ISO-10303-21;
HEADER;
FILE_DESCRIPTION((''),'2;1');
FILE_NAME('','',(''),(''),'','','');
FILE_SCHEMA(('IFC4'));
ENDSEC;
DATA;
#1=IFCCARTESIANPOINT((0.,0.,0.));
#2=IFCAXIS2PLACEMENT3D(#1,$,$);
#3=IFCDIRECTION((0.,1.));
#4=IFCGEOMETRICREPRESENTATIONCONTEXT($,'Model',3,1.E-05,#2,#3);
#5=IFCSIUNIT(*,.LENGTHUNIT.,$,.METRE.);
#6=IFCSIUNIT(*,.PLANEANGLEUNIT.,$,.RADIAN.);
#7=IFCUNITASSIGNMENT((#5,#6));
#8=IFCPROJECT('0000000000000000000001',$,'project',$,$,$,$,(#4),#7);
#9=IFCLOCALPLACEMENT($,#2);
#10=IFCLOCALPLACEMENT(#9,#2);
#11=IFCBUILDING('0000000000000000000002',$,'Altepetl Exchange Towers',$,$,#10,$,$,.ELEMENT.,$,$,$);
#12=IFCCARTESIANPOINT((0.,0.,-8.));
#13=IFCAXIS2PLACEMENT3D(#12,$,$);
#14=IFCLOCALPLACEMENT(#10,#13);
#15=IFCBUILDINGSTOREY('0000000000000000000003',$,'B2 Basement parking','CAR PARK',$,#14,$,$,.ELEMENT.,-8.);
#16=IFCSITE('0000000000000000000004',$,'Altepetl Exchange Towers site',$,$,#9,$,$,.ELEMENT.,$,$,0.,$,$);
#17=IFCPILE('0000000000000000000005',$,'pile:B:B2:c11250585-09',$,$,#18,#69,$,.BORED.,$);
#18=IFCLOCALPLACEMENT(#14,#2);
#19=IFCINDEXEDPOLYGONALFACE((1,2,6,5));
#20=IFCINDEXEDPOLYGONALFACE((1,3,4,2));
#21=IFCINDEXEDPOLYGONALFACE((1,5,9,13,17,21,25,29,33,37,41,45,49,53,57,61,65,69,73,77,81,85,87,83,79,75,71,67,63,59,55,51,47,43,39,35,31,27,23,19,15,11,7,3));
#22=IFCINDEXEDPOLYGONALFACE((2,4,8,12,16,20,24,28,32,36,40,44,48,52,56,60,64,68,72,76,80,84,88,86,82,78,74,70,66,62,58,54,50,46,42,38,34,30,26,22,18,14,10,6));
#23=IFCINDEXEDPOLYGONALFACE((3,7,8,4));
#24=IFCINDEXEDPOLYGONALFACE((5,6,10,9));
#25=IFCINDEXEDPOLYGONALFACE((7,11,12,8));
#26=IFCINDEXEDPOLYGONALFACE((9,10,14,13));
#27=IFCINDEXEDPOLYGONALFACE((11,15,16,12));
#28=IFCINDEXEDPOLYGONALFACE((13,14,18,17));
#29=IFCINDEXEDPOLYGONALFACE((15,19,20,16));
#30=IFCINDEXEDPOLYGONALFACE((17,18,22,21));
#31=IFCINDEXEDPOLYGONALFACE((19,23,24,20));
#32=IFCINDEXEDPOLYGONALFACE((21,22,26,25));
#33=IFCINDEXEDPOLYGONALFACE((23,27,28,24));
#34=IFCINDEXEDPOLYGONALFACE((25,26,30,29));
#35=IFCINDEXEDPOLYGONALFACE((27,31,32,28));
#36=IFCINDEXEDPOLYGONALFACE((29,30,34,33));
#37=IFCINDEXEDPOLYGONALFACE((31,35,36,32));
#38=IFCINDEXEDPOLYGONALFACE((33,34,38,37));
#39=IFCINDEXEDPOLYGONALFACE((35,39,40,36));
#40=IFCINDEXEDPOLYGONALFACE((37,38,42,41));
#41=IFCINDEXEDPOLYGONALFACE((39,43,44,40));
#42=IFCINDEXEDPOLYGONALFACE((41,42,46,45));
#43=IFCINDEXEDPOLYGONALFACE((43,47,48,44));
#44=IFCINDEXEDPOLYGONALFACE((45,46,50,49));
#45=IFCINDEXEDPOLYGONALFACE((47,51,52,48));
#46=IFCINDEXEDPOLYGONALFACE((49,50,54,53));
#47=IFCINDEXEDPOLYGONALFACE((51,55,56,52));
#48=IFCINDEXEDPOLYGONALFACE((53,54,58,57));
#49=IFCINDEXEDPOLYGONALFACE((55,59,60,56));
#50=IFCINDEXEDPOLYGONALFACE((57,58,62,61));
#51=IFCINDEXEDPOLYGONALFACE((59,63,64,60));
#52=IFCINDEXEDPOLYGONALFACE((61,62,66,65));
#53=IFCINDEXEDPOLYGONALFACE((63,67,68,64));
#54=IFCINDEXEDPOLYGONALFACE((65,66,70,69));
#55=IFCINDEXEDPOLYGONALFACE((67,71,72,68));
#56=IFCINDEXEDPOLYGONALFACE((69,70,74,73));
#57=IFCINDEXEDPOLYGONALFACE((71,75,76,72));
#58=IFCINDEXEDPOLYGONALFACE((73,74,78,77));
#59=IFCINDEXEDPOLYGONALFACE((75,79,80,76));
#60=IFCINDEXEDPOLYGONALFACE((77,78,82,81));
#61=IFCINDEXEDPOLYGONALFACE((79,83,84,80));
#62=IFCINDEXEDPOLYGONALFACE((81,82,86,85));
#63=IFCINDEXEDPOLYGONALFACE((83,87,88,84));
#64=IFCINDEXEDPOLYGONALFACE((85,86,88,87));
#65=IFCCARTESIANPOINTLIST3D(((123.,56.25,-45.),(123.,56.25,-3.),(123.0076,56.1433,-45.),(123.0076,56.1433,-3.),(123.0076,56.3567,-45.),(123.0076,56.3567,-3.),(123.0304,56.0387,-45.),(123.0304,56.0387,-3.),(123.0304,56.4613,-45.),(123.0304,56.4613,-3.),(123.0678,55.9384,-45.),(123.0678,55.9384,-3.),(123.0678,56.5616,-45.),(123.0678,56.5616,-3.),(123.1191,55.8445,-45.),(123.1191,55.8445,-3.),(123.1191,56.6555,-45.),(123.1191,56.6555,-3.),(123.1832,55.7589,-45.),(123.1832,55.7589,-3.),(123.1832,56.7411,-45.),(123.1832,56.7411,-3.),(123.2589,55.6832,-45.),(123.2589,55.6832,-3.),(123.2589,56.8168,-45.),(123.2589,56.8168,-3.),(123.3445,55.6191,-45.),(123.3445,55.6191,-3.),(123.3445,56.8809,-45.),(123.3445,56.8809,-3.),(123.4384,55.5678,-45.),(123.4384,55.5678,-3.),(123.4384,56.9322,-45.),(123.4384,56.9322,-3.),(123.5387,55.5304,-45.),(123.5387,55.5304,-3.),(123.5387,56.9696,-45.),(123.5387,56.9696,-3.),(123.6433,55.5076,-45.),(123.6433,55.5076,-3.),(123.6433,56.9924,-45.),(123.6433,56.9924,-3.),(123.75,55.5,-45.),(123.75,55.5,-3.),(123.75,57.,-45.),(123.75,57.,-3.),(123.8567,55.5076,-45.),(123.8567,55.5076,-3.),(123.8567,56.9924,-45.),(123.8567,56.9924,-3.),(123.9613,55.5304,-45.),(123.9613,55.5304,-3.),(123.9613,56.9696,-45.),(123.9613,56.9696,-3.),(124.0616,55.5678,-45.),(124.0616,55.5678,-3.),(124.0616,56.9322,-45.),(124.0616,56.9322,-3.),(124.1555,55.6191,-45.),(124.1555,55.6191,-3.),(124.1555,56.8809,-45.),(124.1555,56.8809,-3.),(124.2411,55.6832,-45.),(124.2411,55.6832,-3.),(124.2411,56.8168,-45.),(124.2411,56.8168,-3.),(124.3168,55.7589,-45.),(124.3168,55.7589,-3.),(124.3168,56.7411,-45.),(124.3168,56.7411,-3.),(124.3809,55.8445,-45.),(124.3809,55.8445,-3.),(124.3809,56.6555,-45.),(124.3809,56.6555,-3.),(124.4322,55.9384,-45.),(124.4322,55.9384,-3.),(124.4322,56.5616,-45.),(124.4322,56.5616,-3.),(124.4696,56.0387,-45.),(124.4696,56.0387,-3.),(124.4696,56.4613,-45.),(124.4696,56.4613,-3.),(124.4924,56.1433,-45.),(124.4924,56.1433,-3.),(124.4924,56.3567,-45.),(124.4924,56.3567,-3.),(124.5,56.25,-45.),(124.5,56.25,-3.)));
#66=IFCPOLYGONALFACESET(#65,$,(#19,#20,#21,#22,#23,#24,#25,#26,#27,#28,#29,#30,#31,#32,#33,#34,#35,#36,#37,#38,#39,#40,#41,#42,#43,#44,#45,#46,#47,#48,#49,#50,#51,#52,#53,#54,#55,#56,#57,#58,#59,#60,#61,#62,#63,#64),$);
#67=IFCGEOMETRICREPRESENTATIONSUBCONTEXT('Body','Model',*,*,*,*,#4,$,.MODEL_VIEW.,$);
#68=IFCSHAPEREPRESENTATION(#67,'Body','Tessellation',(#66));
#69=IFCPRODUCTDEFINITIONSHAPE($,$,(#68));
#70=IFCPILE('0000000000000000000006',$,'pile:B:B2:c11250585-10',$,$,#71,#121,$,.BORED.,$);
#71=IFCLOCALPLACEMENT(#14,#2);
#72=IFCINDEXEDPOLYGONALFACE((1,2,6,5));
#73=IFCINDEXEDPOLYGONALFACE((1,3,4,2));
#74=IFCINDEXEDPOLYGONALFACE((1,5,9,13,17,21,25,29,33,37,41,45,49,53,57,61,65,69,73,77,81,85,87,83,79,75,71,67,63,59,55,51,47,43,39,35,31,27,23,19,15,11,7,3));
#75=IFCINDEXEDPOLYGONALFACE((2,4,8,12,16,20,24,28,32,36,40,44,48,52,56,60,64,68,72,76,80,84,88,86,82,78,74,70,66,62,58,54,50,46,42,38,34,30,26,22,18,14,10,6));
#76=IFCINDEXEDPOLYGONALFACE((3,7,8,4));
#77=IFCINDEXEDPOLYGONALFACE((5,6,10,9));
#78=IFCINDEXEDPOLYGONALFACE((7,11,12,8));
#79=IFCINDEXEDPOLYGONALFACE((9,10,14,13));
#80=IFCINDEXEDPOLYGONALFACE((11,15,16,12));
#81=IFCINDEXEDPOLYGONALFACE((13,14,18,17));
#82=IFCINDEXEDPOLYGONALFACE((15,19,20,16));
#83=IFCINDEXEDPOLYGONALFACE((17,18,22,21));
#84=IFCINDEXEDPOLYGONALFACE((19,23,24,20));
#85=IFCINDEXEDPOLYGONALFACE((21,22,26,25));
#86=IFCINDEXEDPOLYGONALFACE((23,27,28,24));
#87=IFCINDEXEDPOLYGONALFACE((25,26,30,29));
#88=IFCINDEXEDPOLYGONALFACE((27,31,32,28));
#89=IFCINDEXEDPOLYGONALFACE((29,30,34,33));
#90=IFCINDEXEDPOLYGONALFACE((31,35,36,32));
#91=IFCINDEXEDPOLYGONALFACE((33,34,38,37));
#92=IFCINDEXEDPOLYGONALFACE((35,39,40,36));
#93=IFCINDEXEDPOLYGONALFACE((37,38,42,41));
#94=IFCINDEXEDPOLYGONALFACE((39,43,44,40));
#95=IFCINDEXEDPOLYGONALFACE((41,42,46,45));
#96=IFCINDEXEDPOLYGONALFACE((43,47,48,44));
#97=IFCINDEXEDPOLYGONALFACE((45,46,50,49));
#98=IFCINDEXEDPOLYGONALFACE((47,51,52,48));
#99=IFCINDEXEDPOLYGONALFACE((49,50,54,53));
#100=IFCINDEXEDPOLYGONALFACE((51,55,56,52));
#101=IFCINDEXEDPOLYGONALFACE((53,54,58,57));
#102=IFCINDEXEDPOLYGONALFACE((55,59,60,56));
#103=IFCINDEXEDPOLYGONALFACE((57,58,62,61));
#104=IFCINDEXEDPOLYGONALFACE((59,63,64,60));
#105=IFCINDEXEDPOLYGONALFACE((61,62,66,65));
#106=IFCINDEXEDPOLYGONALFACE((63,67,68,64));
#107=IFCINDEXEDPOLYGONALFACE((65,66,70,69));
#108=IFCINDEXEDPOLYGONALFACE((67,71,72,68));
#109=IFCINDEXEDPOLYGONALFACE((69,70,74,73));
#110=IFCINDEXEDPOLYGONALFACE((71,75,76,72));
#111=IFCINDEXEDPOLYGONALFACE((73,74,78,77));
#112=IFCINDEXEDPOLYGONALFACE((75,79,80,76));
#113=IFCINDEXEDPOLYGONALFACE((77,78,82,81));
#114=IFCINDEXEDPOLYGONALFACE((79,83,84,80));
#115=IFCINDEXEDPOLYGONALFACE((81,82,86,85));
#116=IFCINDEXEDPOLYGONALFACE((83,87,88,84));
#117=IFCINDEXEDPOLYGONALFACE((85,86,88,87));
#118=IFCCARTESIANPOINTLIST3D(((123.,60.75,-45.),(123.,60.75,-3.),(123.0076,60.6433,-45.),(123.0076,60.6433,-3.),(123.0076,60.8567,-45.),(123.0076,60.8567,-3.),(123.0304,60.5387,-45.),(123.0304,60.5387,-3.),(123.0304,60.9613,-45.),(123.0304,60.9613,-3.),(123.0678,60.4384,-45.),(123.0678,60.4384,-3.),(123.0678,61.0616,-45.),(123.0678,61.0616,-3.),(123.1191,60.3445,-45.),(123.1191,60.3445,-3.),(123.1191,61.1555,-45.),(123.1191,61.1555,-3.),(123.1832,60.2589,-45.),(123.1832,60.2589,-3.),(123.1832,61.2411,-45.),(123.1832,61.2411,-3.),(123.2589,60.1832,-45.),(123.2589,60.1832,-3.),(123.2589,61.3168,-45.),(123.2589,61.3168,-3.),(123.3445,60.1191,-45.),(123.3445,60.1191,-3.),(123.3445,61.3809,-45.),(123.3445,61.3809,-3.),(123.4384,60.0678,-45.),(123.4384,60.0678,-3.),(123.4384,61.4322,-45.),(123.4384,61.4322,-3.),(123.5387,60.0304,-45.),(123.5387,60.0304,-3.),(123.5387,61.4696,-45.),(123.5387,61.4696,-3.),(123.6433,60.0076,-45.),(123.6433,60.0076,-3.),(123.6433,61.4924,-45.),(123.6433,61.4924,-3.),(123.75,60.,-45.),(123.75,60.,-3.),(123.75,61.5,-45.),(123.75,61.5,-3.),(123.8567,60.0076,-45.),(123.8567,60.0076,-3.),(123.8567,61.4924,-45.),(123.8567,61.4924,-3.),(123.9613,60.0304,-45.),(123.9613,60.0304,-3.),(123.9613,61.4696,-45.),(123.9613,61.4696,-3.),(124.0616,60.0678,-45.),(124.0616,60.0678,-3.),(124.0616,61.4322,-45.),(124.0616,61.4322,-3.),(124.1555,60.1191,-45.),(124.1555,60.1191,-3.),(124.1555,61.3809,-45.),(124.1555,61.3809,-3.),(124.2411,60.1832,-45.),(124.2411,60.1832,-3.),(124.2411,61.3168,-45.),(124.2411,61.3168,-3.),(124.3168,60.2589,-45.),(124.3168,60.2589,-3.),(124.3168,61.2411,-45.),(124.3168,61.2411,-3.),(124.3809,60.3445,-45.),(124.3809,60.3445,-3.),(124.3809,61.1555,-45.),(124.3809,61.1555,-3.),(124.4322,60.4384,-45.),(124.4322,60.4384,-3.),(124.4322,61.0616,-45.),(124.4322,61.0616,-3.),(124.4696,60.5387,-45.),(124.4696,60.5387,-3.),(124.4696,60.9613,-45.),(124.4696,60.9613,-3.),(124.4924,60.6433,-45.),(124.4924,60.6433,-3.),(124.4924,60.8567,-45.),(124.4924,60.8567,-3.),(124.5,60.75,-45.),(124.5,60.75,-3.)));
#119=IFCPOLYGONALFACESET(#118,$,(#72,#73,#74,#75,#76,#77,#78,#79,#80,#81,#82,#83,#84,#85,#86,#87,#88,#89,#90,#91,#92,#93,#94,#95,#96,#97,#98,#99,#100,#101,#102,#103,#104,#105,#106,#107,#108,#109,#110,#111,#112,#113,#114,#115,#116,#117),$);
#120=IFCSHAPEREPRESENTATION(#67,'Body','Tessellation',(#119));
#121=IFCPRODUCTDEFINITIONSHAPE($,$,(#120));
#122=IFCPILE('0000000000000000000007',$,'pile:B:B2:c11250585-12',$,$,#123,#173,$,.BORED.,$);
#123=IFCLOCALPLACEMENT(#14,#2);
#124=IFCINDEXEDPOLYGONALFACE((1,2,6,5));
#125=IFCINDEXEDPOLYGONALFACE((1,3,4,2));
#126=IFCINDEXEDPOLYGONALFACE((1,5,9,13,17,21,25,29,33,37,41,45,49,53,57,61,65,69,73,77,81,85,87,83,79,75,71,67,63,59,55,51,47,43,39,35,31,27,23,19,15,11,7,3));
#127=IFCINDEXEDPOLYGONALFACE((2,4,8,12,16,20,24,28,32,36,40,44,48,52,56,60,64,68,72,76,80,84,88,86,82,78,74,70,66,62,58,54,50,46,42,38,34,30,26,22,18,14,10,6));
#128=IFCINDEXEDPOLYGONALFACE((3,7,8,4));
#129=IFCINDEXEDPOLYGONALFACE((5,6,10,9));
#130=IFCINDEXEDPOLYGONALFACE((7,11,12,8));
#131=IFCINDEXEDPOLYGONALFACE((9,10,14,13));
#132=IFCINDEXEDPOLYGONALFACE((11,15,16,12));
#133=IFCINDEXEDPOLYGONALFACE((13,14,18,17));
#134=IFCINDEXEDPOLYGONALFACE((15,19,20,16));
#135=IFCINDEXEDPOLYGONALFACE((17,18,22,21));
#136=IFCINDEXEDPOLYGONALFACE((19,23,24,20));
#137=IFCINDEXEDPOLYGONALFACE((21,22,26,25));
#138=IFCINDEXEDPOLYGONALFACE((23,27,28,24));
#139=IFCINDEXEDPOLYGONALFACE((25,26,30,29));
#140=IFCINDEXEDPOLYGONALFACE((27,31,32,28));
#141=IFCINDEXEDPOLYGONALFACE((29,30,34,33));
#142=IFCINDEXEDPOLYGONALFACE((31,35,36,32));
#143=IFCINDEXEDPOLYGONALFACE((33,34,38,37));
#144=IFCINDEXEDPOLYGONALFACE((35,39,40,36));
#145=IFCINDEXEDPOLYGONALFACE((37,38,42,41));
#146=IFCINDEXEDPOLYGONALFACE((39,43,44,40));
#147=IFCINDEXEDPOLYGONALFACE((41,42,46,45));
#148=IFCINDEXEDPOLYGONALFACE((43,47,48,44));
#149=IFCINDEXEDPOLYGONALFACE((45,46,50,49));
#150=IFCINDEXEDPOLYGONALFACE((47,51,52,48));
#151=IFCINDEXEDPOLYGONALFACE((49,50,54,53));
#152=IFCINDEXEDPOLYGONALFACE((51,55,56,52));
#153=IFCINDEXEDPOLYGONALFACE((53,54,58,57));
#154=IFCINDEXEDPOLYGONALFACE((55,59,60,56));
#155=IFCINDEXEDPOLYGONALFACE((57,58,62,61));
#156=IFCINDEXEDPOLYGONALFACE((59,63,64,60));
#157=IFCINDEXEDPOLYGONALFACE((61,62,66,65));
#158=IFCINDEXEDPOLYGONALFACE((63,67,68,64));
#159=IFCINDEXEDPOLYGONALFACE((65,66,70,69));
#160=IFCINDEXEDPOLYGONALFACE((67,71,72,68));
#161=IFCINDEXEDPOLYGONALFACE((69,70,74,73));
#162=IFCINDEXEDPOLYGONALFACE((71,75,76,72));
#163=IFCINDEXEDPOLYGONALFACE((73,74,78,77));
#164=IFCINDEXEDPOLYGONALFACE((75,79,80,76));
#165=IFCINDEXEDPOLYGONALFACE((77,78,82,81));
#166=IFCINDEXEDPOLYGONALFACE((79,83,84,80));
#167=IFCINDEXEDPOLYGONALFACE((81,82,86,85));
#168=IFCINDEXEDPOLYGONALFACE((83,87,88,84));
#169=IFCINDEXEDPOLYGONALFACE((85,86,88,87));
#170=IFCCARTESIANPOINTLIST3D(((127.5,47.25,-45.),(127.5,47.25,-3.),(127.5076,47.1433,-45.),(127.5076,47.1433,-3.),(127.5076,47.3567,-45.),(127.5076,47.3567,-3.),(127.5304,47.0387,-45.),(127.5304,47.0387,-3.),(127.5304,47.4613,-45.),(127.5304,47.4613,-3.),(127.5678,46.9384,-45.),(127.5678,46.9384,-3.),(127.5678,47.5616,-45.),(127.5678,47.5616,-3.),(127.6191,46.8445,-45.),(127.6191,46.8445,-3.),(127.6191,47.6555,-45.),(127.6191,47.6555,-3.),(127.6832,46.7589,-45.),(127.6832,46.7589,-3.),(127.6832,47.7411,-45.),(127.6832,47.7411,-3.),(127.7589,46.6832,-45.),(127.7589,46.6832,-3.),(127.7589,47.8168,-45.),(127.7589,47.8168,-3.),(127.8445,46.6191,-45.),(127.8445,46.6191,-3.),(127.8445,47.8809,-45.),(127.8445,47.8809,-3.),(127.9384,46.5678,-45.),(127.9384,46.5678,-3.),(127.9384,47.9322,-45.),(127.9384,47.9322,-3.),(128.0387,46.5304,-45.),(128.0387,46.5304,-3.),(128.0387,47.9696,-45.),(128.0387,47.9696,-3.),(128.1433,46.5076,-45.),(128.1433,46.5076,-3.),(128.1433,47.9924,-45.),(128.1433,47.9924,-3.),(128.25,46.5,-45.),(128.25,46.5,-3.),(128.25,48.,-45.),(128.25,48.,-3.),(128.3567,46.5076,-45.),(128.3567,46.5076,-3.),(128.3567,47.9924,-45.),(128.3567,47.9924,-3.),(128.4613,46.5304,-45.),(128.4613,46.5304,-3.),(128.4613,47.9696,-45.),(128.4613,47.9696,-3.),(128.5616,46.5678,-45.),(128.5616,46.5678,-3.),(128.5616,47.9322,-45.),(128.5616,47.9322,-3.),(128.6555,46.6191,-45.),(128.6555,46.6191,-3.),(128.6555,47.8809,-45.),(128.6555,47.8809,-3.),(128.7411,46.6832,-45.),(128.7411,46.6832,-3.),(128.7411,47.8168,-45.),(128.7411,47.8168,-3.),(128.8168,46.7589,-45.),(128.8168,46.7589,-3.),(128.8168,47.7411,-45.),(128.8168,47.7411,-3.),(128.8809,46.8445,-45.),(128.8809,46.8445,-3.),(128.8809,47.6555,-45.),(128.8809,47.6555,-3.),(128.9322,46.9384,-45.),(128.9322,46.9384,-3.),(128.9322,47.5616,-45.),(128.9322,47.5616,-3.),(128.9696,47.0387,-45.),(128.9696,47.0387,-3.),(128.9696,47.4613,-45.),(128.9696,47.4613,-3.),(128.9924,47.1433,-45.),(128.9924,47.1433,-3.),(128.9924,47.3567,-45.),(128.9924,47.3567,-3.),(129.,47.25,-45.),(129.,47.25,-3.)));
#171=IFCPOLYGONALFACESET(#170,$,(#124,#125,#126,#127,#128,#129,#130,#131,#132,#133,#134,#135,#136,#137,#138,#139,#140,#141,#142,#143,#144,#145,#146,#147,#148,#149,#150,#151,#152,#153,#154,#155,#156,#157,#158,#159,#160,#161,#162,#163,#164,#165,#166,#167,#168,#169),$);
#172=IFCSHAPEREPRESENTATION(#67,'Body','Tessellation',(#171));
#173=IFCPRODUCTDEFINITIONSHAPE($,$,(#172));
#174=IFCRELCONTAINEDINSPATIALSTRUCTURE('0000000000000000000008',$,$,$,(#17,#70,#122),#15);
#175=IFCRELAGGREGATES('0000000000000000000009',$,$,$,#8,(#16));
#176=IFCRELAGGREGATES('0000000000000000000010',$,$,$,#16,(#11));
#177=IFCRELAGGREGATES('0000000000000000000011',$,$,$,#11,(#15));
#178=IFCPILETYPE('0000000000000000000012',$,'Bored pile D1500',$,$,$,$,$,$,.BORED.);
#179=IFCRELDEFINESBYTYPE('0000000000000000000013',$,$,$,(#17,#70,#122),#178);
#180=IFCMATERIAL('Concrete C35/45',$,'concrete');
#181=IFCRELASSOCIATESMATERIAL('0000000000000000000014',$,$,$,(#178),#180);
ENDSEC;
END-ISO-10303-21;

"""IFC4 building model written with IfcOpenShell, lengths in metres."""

from ifc_helpers import new_model, si_unit, direction, frame, origin, origin_2d, place, context, subcontext, project, spatial, circle, extrude, material, material_profile, profile_set, type_object, element, save


model = new_model("IFC4")

# Units and contexts
model_context = context("Model", 3, precision=1e-05, world=origin(), true_north=direction((0.0, 1.0)))
body_context = subcontext(model_context, "Body", "Model", "MODEL_VIEW")
ifc_project = project(units=[si_unit("LENGTHUNIT", "METRE"), si_unit("PLANEANGLEUNIT", "RADIAN")], contexts=[model_context])

# Site, building, storey
site_placement = place(None, origin())
site = spatial("IfcSite", under=ifc_project, at=site_placement, Name="Altepetl Exchange Towers site", CompositionType="ELEMENT", RefElevation=0.0)
building_placement = place(site_placement, origin())
building = spatial("IfcBuilding", under=site, at=building_placement, Name="Altepetl Exchange Towers", CompositionType="ELEMENT")
storey_placement = place(building_placement, frame((0.0, 0.0, -8.0)))
storey = spatial("IfcBuildingStorey", under=building, at=storey_placement, Name="B2 Basement parking", Description="CAR PARK", CompositionType="ELEMENT", Elevation=-8.0)

# Piles
ifc_material_1 = material(Name="Concrete C35/45", Category="concrete")
ifc_material_profile_1 = material_profile(ifc_material_1, circle(Radius=0.75, at=origin_2d()), Name="D1500")
ifc_profile_set_1 = profile_set([ifc_material_profile_1], Name="Concrete C35/45")
pile_type_1 = type_object("IfcPileType", Name="Bored pile D1500", PredefinedType="BORED", material=ifc_profile_set_1)
for number, where, z_axis, x_axis, name in (
    (1, (123.75, 56.25, -3.0), (0.0, 0.0, -1.0), (1.0, 0.0, 0.0), "pile:B:B2:c11250585-09"),
    (2, (123.75, 60.75, -3.0), (0.0, 0.0, -1.0), (1.0, 0.0, 0.0), "pile:B:B2:c11250585-10"),
    (3, (128.25, 47.25, -3.0), (0.0, 0.0, -1.0), (1.0, 0.0, 0.0), "pile:B:B2:c11250585-12"),
):
    element("IfcPile", number, at=place(storey_placement, frame(where, z_axis=z_axis, x_axis=x_axis)), inside=storey, type_object=pile_type_1, Name=name, PredefinedType="BORED", context=body_context, shape_type="SweptSolid", body=[
        extrude(circle(Radius=0.75, at=origin_2d()), origin(), (0.0, 0.0, 1.0), 42.0),
    ])

save(model, "model.ifc")
